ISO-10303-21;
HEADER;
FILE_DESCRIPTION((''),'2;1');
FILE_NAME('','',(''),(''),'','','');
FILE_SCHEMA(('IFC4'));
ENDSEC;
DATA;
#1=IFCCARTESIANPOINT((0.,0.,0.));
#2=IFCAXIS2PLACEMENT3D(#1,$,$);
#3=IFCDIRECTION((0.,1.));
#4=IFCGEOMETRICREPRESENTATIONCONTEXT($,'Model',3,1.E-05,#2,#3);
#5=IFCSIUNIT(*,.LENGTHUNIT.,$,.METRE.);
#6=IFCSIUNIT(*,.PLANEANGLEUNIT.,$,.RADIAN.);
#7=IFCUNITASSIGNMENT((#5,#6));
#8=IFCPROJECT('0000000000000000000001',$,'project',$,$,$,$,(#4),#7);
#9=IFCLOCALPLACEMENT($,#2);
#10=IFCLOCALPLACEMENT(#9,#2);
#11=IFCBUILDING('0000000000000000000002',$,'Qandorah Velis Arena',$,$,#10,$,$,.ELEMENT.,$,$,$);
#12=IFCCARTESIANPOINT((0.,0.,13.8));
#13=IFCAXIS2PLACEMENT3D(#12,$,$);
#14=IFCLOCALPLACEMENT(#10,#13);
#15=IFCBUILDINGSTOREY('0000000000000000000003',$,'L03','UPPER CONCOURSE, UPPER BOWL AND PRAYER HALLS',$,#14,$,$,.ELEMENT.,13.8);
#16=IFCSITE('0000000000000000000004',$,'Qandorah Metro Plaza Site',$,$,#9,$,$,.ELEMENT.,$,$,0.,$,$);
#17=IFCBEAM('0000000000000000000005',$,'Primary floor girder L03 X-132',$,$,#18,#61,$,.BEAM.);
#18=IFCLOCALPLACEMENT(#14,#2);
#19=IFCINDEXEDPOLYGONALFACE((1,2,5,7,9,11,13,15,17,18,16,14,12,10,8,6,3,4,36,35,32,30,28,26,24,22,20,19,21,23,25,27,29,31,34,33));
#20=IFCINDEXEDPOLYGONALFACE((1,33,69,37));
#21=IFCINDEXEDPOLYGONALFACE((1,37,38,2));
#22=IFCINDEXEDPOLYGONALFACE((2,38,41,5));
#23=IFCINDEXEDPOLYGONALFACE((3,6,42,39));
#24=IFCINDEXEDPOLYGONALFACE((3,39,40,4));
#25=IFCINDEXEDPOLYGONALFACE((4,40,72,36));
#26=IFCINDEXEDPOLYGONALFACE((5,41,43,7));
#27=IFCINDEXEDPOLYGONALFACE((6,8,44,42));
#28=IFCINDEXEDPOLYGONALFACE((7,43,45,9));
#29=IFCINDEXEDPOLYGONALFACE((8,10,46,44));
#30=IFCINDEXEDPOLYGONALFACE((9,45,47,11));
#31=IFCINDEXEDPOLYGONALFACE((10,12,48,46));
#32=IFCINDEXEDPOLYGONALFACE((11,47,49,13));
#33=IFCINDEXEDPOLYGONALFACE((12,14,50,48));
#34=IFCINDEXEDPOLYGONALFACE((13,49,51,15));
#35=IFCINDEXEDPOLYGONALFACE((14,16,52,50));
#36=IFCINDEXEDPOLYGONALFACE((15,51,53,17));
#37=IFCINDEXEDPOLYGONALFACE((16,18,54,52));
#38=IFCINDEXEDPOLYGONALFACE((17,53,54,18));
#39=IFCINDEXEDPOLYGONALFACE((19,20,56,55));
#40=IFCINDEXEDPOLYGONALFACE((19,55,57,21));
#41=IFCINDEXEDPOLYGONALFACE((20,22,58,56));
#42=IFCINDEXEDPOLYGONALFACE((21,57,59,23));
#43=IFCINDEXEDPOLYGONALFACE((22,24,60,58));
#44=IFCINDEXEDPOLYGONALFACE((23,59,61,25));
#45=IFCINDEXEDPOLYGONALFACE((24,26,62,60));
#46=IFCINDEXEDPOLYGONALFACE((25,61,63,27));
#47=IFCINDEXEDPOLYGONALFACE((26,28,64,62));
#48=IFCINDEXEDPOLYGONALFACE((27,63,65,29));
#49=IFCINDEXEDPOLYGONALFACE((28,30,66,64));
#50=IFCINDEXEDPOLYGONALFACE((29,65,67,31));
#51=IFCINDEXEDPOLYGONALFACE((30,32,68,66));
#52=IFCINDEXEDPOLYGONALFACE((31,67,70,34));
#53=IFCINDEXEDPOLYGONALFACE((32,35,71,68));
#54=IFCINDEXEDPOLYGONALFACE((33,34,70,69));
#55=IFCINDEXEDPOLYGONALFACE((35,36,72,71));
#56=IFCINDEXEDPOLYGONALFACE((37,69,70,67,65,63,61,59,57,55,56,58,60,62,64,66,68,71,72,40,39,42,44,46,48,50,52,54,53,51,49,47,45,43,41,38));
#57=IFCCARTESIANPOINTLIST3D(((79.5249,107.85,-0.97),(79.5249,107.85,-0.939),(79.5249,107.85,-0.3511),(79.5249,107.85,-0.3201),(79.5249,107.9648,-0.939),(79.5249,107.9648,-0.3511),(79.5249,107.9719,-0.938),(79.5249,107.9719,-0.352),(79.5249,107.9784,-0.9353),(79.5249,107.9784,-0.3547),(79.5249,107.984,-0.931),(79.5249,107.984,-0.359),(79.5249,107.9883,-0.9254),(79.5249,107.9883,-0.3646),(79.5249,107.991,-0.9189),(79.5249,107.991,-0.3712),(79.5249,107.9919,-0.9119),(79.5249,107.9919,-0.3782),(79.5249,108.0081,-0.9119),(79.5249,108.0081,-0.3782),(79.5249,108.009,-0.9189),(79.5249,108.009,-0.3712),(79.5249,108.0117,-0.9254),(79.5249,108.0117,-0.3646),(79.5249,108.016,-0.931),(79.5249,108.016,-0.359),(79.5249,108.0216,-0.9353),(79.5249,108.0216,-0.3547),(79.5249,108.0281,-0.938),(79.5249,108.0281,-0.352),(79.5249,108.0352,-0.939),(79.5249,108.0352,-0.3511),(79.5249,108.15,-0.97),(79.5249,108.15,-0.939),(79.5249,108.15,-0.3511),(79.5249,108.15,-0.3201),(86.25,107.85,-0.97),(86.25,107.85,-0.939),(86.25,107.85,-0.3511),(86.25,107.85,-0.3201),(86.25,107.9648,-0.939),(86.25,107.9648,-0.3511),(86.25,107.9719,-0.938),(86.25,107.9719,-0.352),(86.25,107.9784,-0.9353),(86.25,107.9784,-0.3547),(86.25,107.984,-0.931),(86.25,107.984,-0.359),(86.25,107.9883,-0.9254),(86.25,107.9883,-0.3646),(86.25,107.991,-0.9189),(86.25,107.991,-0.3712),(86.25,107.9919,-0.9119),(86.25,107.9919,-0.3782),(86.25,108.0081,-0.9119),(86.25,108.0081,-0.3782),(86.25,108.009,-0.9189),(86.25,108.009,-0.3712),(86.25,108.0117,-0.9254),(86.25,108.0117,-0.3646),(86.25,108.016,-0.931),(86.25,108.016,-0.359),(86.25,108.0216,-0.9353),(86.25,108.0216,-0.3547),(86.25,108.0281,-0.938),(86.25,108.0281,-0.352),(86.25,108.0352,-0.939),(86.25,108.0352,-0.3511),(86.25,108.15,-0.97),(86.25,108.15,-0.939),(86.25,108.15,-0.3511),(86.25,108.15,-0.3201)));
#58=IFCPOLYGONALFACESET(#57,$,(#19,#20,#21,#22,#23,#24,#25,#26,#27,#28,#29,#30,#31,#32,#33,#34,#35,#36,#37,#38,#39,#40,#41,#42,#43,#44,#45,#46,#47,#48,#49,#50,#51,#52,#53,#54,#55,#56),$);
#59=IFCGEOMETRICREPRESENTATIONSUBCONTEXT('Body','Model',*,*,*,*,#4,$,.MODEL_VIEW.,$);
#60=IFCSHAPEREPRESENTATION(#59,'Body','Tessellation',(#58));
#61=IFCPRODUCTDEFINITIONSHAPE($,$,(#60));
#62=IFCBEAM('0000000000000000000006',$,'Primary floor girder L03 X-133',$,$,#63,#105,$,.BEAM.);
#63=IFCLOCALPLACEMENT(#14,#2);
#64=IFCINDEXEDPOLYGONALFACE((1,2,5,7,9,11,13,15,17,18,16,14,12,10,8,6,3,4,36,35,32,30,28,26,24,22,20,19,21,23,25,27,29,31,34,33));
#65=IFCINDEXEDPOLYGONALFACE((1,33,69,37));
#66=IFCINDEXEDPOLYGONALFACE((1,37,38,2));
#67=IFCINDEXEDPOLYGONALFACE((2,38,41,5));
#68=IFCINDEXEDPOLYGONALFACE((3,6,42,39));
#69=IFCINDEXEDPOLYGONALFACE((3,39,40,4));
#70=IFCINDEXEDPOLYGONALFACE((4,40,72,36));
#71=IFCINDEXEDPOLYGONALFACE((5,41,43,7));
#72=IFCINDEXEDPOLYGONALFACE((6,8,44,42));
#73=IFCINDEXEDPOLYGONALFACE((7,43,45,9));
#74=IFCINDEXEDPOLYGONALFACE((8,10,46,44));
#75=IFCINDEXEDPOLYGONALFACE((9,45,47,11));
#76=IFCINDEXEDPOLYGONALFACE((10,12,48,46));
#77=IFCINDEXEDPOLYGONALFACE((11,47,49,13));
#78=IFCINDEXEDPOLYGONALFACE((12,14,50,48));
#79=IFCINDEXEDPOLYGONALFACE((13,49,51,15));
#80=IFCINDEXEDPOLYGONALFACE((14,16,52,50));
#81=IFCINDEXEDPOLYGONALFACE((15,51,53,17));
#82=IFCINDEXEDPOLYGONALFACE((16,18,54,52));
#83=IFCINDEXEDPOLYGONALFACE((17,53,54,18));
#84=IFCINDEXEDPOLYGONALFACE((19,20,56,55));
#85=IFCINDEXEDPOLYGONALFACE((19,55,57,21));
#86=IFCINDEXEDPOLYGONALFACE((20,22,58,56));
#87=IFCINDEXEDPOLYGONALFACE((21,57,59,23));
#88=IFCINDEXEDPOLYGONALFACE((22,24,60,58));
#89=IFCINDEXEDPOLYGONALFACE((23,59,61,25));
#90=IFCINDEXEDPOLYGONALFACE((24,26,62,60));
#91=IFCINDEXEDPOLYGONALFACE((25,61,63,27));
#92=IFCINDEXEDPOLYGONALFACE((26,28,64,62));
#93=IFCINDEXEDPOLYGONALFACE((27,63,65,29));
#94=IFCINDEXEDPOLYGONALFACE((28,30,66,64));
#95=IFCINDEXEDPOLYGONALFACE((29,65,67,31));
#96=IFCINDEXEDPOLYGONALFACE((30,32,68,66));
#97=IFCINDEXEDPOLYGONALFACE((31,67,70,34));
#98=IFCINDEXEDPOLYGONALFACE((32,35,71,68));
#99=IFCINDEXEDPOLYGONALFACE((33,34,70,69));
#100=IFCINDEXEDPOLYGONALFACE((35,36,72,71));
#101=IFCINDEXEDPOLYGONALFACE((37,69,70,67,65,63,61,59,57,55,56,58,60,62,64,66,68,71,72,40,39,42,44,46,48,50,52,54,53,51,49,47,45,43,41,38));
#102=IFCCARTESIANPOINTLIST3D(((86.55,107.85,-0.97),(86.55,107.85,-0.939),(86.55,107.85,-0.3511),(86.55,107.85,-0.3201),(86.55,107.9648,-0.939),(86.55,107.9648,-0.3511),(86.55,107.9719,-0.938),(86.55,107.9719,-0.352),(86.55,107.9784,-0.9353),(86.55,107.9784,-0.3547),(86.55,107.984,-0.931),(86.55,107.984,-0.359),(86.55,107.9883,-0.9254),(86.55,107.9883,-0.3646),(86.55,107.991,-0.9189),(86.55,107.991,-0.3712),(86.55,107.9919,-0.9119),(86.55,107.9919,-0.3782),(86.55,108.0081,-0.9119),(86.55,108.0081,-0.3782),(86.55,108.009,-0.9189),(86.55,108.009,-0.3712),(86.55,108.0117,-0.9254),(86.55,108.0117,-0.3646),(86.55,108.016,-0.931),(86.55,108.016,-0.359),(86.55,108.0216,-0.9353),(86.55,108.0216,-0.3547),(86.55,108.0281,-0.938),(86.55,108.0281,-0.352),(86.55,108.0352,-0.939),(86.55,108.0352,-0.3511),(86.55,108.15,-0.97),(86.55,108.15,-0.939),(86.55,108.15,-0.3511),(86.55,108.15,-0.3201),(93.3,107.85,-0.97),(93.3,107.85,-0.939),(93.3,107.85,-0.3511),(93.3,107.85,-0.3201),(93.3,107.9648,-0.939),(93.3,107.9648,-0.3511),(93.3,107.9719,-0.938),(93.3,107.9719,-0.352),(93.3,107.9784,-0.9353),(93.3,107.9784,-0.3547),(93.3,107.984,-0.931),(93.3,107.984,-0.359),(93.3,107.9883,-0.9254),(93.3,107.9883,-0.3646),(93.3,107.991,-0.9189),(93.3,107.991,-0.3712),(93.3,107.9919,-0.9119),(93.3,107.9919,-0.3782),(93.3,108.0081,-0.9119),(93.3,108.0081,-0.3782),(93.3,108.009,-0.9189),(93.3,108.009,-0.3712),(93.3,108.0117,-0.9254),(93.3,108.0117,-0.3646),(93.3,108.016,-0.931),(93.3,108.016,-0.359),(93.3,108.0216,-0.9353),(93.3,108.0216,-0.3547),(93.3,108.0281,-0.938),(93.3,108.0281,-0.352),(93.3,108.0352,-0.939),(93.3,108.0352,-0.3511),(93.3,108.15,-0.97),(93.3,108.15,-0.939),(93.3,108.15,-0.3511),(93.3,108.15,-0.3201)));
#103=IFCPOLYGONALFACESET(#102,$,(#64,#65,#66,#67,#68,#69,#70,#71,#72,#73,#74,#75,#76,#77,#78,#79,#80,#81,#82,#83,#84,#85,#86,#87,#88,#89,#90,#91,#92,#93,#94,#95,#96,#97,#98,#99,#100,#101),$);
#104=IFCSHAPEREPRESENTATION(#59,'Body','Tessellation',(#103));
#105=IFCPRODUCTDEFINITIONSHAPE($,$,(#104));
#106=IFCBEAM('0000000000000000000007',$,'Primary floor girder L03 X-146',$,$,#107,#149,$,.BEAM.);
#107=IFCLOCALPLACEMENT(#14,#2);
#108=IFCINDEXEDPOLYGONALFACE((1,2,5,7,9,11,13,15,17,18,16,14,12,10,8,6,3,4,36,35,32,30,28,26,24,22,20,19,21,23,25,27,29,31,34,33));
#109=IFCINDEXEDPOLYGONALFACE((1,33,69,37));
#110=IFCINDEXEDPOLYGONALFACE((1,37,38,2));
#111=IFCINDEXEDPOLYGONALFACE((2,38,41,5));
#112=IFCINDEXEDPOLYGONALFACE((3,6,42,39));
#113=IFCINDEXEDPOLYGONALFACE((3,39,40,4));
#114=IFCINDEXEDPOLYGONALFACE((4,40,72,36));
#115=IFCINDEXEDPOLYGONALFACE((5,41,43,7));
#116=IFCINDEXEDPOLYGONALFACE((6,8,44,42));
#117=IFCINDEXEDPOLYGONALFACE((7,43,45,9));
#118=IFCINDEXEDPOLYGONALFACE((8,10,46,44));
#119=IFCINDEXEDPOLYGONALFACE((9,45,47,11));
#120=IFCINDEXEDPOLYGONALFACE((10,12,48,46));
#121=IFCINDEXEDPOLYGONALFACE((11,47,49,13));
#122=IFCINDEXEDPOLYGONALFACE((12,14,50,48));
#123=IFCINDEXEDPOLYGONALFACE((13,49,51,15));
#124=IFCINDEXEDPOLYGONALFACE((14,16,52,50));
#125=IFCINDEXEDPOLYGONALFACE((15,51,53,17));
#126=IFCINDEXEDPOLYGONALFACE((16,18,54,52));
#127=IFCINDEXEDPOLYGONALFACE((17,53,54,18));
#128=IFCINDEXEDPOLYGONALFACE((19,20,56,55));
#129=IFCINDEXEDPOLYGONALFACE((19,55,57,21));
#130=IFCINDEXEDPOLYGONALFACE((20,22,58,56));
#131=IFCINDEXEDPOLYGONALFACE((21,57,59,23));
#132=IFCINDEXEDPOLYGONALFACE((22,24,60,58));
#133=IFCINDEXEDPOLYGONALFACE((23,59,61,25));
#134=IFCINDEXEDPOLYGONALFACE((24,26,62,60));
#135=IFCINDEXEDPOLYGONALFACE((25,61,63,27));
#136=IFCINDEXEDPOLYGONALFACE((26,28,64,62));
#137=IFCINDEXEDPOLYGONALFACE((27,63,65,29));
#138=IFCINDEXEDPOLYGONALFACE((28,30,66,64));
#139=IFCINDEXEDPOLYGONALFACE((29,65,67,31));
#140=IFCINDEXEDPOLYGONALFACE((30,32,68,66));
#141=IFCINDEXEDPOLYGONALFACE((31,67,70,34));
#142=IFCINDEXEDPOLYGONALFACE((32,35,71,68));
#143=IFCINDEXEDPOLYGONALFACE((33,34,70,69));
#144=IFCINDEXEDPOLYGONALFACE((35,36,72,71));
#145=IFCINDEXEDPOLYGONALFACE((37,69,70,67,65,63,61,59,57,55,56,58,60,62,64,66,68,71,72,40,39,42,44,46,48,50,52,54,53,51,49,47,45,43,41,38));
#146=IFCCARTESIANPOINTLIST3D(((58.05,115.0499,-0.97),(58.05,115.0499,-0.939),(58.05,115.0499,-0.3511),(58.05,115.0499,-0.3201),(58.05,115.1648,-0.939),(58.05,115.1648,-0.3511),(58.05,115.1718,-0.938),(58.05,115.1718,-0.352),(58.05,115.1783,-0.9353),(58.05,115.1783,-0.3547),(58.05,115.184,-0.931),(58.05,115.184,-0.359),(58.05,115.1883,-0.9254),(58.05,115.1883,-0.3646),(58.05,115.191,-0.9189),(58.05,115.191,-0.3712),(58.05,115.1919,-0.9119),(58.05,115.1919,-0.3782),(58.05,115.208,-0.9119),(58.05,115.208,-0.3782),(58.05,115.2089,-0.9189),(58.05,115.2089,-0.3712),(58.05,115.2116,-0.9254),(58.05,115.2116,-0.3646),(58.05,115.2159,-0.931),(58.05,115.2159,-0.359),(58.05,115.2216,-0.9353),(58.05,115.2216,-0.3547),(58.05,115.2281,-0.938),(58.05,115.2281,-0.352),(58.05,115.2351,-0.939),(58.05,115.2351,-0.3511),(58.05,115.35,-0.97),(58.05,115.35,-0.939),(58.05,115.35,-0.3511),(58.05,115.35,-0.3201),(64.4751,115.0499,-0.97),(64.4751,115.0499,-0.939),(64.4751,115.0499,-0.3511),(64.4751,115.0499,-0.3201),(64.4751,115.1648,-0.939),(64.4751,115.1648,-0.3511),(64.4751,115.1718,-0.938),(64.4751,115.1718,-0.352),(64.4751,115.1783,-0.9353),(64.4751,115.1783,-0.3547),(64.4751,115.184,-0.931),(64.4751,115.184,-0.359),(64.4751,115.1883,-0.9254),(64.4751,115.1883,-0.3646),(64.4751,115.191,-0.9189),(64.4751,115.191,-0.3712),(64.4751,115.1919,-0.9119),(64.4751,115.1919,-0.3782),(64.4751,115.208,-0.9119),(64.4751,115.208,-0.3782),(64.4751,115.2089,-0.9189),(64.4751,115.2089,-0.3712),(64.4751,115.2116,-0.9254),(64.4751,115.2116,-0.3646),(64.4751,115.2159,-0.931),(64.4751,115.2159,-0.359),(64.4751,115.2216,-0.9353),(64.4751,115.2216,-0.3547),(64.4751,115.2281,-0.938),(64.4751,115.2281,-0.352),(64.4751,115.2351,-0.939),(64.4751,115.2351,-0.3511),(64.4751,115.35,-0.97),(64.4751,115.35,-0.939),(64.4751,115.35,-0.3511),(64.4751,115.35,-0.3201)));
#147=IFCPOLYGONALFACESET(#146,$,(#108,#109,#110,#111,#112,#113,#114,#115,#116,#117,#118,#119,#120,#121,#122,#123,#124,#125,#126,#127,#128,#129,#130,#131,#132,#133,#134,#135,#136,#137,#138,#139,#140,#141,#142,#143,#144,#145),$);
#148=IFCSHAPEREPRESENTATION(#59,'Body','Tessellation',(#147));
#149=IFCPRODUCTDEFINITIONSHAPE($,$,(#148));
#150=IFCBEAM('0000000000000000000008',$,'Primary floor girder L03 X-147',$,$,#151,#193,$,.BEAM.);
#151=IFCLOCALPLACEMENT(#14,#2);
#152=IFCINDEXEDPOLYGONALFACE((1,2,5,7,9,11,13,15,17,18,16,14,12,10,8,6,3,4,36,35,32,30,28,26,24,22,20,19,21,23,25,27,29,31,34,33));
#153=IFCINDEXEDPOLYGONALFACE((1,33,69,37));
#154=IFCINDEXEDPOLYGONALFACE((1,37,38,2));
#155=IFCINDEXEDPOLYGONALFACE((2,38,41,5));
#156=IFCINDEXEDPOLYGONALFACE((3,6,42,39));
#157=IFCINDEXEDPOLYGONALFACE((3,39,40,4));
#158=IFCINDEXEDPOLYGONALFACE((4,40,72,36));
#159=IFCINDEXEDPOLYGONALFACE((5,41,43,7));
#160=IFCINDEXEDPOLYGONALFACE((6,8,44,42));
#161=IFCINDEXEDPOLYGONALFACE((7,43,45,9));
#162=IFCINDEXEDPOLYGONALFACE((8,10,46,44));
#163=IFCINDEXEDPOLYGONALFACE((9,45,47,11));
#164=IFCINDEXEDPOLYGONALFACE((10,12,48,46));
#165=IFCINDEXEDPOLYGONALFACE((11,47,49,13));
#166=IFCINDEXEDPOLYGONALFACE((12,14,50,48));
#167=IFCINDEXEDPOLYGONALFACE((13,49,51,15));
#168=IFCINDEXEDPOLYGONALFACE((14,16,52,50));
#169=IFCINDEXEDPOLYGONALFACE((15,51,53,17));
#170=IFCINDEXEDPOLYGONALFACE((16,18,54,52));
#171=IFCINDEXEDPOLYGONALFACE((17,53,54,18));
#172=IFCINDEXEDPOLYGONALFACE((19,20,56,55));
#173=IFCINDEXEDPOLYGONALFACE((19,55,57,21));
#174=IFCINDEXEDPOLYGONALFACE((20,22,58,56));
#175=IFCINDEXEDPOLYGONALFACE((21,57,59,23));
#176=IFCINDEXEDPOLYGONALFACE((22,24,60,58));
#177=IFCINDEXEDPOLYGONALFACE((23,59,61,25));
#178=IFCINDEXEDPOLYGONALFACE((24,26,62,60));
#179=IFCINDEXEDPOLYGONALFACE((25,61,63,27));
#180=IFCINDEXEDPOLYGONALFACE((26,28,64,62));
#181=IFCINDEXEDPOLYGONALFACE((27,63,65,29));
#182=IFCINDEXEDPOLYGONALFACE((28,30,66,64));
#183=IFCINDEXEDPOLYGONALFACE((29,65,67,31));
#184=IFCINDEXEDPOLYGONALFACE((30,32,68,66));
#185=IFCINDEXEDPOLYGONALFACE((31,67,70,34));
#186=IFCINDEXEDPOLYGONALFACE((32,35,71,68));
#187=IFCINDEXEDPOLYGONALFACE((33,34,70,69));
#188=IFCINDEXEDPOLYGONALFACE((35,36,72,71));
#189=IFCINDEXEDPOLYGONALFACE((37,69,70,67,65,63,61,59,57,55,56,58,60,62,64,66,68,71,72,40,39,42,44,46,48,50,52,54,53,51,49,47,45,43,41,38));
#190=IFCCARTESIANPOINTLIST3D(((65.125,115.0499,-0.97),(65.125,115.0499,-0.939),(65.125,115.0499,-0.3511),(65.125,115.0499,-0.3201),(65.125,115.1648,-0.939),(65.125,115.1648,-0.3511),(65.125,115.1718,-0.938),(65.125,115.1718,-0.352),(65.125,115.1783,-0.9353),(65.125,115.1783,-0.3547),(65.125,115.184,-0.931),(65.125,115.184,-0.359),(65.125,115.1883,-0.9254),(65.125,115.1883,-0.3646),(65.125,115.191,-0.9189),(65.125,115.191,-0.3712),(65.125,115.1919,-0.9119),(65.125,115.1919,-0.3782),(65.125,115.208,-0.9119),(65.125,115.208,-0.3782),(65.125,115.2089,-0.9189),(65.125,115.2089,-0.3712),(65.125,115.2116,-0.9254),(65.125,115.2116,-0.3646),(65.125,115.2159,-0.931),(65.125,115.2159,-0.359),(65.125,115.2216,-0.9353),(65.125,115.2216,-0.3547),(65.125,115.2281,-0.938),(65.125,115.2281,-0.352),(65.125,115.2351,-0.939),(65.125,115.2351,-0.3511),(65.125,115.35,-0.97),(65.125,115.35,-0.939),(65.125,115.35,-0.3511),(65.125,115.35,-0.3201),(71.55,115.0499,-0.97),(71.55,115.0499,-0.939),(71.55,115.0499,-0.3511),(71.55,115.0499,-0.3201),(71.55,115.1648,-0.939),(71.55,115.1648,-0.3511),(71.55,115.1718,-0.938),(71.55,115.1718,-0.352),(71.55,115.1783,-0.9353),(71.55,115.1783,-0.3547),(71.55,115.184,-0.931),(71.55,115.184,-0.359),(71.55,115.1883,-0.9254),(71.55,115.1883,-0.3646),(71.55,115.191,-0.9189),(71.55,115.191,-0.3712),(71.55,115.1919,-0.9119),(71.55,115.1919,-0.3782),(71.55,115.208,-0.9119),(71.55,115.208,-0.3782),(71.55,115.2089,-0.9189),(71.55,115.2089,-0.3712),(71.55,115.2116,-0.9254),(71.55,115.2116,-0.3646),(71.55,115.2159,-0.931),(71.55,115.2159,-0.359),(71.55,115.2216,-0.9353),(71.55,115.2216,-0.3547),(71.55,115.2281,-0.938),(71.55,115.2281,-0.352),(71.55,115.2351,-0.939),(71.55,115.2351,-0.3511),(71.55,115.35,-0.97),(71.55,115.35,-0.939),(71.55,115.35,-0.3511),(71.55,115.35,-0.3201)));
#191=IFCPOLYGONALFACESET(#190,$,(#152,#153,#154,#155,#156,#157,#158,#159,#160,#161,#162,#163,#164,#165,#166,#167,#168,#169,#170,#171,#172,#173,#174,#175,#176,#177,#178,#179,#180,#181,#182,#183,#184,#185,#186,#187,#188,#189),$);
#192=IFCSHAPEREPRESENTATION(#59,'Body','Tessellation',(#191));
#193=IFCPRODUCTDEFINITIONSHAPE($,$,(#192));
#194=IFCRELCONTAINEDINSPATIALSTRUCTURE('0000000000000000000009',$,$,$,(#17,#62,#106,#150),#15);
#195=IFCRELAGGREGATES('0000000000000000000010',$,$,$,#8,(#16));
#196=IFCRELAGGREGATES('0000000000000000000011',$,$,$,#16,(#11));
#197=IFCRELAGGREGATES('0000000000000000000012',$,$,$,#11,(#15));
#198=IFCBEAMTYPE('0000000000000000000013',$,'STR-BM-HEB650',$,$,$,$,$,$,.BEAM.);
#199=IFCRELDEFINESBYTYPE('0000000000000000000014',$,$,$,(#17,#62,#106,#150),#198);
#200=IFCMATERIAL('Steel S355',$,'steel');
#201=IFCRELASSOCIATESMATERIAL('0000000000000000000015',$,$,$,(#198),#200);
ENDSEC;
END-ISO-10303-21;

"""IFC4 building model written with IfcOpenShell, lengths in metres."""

from ifc_helpers import new_model, si_unit, direction, frame, origin, origin_2d, place, context, subcontext, project, spatial, i_section, extrude, material, material_profile, profile_set, type_object, element, save


model = new_model("IFC4")

# Units and contexts
model_context = context("Model", 3, precision=1e-05, world=origin(), true_north=direction((0.0, 1.0)))
body_context = subcontext(model_context, "Body", "Model", "MODEL_VIEW")
ifc_project = project(units=[si_unit("LENGTHUNIT", "METRE"), si_unit("PLANEANGLEUNIT", "RADIAN")], contexts=[model_context])

# Site, building, storey
site_placement = place(None, origin())
site = spatial("IfcSite", under=ifc_project, at=site_placement, Name="Qandorah Metro Plaza Site", CompositionType="ELEMENT", RefElevation=0.0)
building_placement = place(site_placement, origin())
building = spatial("IfcBuilding", under=site, at=building_placement, Name="Qandorah Velis Arena", CompositionType="ELEMENT")
storey_placement = place(building_placement, frame((0.0, 0.0, 13.8)))
storey = spatial("IfcBuildingStorey", under=building, at=storey_placement, Name="L03", Description="UPPER CONCOURSE, UPPER BOWL AND PRAYER HALLS", CompositionType="ELEMENT", Elevation=13.8)

# Beams
ifc_material_1 = material(Name="Steel S355", Category="steel")
ifc_material_profile_1 = material_profile(ifc_material_1, i_section(OverallWidth=0.3, OverallDepth=0.6499, WebThickness=0.0161, FlangeThickness=0.031, FilletRadius=0.0271, at=origin_2d()), Name="HEB 650")
ifc_profile_set_1 = profile_set([ifc_material_profile_1], Name="Steel S355")
beam_type_1 = type_object("IfcBeamType", Name="STR-BM-HEB650", PredefinedType="BEAM", material=ifc_profile_set_1)
beam_1_placement = place(storey_placement, frame((79.5249, 108.0, -0.645), z_axis=(1.0, 0.0, 0.0), x_axis=(0.0, 1.0, 0.0)))
element("IfcBeam", 1, at=beam_1_placement, inside=storey, type_object=beam_type_1, Name="Primary floor girder L03 X-132", PredefinedType="BEAM", context=body_context, shape_type="SweptSolid", body=[
    extrude(i_section(OverallWidth=0.3, OverallDepth=0.6499, WebThickness=0.0161, FlangeThickness=0.031, FilletRadius=0.0271, at=origin_2d()), origin(), (0.0, 0.0, 1.0), 6.7251),
])
beam_2_placement = place(storey_placement, frame((86.55, 108.0, -0.645), z_axis=(1.0, 0.0, 0.0), x_axis=(0.0, 1.0, 0.0)))
element("IfcBeam", 2, at=beam_2_placement, inside=storey, type_object=beam_type_1, Name="Primary floor girder L03 X-133", PredefinedType="BEAM", context=body_context, shape_type="SweptSolid", body=[
    extrude(i_section(OverallWidth=0.3, OverallDepth=0.6499, WebThickness=0.0161, FlangeThickness=0.031, FilletRadius=0.0271, at=origin_2d()), origin(), (0.0, 0.0, 1.0), 6.75),
])
for number, where, z_axis, x_axis, name in (
    (3, (58.05, 115.2, -0.645), (1.0, 0.0, 0.0), (0.0, 1.0, 0.0), "Primary floor girder L03 X-146"),
    (4, (65.125, 115.2, -0.645), (1.0, 0.0, 0.0), (0.0, 1.0, 0.0), "Primary floor girder L03 X-147"),
):
    element("IfcBeam", number, at=place(storey_placement, frame(where, z_axis=z_axis, x_axis=x_axis)), inside=storey, type_object=beam_type_1, Name=name, PredefinedType="BEAM", context=body_context, shape_type="SweptSolid", body=[
        extrude(i_section(OverallWidth=0.3, OverallDepth=0.6499, WebThickness=0.0161, FlangeThickness=0.031, FilletRadius=0.0271, at=origin_2d()), origin(), (0.0, 0.0, 1.0), 6.425),
    ])

save(model, "model.ifc")
